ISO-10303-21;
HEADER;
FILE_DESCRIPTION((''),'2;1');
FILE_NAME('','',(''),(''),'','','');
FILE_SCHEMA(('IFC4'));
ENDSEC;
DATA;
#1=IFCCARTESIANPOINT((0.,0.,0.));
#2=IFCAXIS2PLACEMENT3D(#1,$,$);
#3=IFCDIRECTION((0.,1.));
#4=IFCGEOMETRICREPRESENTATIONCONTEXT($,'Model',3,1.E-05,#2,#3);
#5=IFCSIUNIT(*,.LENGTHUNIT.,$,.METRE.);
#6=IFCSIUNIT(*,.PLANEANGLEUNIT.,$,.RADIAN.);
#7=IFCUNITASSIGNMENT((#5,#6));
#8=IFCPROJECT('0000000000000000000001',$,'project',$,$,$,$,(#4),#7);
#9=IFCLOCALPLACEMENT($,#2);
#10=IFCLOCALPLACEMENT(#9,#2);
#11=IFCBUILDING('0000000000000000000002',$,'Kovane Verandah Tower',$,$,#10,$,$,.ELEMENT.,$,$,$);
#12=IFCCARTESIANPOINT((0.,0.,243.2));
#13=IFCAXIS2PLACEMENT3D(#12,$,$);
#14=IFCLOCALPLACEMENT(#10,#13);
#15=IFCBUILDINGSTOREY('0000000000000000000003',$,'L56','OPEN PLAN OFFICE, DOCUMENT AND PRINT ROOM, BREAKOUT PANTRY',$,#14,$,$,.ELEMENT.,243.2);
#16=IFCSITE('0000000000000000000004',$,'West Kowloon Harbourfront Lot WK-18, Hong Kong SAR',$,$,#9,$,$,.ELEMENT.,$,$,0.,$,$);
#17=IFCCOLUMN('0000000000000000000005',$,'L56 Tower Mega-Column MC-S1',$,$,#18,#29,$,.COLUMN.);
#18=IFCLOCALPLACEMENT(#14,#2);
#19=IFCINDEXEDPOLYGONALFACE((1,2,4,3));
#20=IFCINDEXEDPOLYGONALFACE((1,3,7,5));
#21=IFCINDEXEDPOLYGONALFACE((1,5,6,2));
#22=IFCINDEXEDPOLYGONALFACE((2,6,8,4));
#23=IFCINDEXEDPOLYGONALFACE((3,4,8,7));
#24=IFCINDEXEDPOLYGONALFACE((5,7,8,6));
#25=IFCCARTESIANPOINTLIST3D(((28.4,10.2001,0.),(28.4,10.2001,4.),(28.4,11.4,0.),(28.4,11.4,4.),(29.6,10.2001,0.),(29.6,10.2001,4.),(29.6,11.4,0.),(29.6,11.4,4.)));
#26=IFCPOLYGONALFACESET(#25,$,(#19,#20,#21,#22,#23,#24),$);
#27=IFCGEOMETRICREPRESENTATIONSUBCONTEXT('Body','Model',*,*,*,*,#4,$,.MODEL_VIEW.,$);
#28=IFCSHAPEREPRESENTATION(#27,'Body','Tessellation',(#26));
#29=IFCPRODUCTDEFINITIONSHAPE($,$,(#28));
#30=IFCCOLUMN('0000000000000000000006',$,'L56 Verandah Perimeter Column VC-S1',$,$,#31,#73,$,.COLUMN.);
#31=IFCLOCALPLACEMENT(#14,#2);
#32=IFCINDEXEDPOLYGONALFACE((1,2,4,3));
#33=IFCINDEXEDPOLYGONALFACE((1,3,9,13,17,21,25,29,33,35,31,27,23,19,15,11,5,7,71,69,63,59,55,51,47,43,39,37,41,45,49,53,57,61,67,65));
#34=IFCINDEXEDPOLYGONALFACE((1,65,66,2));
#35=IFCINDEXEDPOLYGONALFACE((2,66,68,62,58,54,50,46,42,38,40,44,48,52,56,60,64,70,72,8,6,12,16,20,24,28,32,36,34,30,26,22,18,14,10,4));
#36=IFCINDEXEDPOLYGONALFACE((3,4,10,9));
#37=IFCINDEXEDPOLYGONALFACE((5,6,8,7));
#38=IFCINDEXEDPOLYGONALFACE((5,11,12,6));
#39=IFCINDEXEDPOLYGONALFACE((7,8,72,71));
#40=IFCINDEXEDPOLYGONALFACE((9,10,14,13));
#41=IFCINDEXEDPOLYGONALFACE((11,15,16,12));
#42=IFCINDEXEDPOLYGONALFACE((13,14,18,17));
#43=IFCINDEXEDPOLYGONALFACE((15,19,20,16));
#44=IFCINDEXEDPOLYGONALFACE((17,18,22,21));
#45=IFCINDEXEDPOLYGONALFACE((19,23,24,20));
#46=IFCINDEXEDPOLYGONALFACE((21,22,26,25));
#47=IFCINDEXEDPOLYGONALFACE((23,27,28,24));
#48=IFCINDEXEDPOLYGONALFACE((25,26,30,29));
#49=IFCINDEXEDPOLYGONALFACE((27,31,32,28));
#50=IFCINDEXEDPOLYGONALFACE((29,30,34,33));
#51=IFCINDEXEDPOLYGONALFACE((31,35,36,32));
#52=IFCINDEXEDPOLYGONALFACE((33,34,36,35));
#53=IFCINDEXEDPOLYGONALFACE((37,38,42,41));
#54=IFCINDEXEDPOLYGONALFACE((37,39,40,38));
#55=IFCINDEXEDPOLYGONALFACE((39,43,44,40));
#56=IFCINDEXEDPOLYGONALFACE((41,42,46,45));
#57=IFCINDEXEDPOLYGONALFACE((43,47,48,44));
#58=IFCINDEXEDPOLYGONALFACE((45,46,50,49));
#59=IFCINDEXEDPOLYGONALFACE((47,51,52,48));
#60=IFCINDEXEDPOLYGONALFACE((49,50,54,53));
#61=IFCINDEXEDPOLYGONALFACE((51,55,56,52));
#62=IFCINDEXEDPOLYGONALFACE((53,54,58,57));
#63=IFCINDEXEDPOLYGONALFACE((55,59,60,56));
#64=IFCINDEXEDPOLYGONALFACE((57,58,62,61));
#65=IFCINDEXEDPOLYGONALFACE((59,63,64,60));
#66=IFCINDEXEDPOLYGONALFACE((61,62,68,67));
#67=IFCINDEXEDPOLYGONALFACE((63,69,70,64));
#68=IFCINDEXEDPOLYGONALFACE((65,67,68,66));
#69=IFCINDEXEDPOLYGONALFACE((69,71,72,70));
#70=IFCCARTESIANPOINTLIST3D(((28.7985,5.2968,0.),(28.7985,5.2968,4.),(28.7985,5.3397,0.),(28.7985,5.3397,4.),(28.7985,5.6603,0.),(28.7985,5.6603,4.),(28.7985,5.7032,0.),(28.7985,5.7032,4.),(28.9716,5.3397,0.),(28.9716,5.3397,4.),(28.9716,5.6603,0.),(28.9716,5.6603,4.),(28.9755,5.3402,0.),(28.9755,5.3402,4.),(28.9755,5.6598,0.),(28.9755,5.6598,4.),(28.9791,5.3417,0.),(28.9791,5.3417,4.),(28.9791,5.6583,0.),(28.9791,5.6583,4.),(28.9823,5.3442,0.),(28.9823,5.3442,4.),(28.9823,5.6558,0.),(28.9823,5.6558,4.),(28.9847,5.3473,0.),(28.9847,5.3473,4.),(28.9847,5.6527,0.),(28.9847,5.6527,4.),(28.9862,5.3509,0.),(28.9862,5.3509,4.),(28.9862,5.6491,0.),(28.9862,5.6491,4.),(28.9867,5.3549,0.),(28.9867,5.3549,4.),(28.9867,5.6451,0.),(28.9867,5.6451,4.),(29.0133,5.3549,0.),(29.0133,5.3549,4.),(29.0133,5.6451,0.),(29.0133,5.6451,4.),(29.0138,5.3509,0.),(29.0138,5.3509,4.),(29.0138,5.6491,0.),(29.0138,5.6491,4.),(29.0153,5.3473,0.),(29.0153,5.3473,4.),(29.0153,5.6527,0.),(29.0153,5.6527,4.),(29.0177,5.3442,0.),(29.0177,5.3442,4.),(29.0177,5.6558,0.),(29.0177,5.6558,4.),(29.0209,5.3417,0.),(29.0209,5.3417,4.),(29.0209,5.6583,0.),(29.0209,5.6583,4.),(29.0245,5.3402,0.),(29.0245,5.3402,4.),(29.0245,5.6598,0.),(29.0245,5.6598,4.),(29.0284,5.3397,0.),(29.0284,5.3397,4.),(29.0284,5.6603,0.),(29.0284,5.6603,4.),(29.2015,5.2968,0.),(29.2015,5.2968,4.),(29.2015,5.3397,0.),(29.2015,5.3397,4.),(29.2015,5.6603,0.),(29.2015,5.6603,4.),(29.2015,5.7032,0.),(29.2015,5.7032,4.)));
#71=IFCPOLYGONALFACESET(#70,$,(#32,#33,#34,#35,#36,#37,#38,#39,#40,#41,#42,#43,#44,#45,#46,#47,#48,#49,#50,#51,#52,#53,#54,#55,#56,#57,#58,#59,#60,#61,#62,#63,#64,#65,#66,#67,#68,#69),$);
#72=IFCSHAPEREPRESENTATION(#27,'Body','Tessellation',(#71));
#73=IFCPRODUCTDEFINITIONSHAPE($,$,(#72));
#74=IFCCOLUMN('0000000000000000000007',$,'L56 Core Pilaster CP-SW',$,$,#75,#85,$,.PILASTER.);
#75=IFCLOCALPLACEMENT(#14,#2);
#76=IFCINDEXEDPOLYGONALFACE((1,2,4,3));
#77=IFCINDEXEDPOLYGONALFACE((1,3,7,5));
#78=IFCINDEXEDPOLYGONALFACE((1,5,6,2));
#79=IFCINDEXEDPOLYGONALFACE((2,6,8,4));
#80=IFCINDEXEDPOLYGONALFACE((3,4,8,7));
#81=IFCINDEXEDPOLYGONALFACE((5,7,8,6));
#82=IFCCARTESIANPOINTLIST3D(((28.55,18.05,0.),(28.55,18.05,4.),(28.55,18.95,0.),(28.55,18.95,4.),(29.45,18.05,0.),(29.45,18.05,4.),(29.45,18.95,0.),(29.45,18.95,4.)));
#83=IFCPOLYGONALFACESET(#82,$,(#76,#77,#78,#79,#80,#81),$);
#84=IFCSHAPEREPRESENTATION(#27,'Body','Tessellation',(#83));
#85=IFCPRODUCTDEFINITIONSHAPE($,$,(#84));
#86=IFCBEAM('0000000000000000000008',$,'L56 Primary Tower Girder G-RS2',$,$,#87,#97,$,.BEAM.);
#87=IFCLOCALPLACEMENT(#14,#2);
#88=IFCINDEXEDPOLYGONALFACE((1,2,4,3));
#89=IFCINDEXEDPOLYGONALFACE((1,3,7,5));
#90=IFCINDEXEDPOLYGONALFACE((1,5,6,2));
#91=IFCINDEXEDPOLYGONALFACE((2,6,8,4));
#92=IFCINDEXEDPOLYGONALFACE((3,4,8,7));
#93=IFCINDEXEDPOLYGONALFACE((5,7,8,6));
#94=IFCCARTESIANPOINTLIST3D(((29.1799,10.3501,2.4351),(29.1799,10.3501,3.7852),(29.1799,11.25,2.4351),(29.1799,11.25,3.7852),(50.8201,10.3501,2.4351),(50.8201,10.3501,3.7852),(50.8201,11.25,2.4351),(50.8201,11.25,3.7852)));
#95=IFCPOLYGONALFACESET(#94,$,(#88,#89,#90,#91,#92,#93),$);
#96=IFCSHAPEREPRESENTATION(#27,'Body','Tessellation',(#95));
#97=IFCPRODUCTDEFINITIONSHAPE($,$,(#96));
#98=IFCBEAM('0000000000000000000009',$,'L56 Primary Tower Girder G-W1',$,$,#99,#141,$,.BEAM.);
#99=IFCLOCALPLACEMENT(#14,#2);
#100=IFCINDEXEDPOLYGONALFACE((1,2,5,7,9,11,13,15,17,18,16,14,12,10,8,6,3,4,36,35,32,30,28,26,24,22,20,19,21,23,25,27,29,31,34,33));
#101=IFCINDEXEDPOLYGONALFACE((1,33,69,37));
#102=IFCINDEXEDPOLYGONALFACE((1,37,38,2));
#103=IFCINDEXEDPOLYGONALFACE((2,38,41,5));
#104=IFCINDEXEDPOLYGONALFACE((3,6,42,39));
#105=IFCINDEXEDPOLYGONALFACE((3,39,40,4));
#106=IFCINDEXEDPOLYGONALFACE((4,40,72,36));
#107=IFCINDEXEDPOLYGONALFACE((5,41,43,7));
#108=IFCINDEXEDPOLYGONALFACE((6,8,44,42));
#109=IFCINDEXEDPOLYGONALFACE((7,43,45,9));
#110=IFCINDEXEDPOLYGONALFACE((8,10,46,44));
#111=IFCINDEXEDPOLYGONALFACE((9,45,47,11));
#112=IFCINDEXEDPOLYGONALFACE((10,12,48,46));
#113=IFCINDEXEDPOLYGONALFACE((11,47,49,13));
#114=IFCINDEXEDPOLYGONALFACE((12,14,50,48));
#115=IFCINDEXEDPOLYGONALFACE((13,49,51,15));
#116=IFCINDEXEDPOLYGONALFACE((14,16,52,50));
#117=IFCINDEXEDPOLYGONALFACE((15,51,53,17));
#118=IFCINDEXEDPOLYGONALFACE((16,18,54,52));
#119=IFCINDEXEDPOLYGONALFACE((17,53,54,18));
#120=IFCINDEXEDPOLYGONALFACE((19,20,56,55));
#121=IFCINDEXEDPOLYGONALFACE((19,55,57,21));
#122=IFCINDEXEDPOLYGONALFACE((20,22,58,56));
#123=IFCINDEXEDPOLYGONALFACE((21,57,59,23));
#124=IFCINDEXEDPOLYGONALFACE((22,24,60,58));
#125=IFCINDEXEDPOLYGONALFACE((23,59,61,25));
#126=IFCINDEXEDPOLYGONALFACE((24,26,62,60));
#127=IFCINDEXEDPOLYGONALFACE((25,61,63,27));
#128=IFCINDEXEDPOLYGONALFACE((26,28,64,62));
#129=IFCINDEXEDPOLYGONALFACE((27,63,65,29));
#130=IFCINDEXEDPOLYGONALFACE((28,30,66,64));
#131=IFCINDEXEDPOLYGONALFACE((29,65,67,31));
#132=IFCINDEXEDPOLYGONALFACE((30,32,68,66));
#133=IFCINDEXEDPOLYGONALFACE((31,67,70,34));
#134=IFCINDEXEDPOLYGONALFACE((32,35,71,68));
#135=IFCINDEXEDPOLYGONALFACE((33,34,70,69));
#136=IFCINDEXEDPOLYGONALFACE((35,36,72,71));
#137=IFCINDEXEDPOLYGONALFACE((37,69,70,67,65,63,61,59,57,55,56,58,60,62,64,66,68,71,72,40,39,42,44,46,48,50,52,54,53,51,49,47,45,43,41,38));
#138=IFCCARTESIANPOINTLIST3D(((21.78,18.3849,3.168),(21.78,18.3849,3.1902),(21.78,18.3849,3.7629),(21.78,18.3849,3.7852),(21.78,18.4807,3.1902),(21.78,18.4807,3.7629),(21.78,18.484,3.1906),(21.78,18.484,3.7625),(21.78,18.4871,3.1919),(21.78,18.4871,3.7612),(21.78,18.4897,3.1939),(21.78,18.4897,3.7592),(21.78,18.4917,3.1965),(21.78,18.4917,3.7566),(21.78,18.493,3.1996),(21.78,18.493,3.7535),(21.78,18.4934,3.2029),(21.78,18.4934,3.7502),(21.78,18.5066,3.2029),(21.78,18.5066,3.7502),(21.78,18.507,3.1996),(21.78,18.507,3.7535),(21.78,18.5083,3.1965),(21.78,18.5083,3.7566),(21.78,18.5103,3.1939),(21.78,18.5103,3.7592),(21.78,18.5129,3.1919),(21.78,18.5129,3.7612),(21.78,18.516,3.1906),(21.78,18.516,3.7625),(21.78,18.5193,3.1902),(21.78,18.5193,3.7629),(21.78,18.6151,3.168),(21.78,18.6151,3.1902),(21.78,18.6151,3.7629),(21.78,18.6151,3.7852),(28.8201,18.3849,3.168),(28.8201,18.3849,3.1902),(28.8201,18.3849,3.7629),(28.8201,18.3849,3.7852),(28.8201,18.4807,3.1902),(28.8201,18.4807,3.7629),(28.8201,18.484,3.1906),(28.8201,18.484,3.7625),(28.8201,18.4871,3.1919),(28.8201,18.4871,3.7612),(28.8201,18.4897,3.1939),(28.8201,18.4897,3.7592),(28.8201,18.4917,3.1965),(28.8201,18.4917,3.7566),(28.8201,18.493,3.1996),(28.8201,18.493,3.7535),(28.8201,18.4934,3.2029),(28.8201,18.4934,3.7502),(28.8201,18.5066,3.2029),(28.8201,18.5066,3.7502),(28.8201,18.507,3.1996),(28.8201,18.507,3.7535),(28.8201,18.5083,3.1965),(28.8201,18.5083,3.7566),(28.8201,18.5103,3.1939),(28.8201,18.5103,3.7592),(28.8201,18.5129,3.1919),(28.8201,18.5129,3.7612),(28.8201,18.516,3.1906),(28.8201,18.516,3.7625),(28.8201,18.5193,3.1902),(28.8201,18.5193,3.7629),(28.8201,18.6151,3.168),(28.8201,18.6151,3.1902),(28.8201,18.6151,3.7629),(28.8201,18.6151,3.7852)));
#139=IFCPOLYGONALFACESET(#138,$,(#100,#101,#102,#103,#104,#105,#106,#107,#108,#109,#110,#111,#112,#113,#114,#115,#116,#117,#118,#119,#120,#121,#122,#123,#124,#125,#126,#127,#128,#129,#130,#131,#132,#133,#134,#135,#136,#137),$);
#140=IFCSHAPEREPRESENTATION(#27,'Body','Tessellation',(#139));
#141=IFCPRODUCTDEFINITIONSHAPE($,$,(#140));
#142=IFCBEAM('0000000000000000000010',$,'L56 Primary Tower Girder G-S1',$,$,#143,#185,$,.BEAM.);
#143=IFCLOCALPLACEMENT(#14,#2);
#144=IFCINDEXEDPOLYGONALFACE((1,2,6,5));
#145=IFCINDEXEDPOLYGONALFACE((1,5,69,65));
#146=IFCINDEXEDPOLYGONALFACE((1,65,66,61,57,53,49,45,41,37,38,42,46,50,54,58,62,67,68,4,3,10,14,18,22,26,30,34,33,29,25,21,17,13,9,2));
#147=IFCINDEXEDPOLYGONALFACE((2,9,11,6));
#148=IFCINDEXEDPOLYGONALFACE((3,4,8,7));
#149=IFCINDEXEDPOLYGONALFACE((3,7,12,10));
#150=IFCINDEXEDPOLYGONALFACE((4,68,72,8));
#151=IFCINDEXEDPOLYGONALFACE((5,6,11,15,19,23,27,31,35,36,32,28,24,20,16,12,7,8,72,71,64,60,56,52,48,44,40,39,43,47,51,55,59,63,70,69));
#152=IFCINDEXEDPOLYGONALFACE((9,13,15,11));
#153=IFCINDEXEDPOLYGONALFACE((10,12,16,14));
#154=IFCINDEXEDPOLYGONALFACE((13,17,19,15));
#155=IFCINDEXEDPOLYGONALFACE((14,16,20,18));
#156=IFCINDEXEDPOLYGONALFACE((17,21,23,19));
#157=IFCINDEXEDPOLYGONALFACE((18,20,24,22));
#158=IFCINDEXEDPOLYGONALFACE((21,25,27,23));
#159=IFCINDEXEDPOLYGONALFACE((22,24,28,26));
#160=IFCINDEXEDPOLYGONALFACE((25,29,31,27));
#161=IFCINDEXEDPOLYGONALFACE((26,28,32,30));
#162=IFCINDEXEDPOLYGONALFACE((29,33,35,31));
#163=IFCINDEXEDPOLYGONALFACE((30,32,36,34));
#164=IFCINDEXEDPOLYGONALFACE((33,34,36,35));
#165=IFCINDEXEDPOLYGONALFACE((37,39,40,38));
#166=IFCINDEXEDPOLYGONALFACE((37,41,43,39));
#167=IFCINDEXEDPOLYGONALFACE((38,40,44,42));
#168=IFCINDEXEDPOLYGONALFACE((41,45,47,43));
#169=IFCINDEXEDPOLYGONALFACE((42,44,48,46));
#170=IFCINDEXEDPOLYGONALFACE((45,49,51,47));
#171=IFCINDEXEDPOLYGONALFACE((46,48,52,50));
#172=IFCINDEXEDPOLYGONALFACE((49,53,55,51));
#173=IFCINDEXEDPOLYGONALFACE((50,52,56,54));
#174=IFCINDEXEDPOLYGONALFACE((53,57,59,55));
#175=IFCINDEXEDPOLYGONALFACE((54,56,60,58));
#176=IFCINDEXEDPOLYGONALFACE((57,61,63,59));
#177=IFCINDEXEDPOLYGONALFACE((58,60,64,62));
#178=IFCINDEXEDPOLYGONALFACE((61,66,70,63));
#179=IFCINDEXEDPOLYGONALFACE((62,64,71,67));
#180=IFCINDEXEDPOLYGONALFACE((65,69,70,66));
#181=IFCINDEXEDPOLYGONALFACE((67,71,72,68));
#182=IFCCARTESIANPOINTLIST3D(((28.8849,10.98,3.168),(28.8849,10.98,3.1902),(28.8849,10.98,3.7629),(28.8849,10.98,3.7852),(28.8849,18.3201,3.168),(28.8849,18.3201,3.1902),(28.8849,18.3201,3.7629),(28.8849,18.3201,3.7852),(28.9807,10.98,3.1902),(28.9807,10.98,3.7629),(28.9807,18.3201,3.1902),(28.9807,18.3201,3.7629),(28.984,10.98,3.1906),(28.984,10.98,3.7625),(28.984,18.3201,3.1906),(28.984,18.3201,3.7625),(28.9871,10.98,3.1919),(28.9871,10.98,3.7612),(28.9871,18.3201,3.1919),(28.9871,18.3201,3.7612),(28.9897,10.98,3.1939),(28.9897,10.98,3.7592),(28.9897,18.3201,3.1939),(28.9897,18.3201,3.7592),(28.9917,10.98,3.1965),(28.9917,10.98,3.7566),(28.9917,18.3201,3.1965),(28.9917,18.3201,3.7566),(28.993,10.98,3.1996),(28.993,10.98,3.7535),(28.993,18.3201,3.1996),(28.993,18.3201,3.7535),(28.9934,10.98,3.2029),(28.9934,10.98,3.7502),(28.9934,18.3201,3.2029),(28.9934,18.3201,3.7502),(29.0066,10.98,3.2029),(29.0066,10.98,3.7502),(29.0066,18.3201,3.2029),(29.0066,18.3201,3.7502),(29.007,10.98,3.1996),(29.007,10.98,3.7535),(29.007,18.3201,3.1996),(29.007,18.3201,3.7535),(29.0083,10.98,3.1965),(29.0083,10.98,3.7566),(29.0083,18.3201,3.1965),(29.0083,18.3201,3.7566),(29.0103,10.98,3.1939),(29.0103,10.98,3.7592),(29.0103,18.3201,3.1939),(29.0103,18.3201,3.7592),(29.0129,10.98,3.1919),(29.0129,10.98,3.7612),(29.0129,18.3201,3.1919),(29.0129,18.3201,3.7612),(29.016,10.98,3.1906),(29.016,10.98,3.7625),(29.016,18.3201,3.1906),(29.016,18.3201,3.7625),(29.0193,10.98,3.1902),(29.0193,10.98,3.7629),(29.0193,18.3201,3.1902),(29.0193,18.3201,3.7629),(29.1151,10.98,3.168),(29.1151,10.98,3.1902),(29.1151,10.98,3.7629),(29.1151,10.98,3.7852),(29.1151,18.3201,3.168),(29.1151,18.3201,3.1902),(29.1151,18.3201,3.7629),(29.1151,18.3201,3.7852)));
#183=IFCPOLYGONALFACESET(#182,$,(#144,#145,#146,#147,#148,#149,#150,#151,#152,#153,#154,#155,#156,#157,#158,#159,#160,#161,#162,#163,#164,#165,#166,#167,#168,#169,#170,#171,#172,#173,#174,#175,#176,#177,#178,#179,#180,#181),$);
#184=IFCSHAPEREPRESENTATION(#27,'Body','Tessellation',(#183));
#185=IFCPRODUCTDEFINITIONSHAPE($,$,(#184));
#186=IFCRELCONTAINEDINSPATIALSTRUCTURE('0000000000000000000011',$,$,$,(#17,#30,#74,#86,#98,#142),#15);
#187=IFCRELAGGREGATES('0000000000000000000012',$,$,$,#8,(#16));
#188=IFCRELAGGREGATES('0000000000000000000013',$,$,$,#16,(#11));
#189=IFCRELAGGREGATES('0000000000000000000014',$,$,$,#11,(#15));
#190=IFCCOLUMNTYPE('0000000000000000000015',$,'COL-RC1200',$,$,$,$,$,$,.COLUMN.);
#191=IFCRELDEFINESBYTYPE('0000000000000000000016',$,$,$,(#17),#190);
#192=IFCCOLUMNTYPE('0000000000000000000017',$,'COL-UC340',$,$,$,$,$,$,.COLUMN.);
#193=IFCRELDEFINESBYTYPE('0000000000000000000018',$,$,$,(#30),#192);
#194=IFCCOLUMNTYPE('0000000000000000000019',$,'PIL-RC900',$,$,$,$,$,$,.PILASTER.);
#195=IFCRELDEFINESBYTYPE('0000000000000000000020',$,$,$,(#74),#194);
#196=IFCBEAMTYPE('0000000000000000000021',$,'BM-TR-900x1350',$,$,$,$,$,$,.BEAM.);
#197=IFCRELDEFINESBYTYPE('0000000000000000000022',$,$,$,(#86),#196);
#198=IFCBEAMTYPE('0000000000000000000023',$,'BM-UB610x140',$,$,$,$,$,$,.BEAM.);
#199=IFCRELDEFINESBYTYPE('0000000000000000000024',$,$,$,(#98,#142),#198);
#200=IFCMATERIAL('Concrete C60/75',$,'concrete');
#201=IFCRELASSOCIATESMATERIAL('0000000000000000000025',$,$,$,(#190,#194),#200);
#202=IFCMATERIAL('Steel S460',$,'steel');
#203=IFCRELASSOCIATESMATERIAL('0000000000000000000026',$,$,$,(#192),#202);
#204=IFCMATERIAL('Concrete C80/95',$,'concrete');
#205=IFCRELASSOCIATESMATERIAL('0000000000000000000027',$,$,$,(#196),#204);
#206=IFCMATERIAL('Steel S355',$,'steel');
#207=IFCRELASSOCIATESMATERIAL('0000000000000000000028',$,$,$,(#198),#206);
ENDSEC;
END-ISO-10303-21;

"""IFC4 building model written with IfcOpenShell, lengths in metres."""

from ifc_helpers import new_model, si_unit, direction, frame, origin, origin_2d, place, context, subcontext, project, spatial, rectangle, i_section, extrude, material, material_profile, profile_set, type_object, element, save


model = new_model("IFC4")

# Units and contexts
model_context = context("Model", 3, precision=1e-05, world=origin(), true_north=direction((0.0, 1.0)))
body_context = subcontext(model_context, "Body", "Model", "MODEL_VIEW")
ifc_project = project(units=[si_unit("LENGTHUNIT", "METRE"), si_unit("PLANEANGLEUNIT", "RADIAN")], contexts=[model_context])

# Site, building, storey
site_placement = place(None, origin())
site = spatial("IfcSite", under=ifc_project, at=site_placement, Name="West Kowloon Harbourfront Lot WK-18, Hong Kong SAR", CompositionType="ELEMENT", RefElevation=0.0)
building_placement = place(site_placement, origin())
building = spatial("IfcBuilding", under=site, at=building_placement, Name="Kovane Verandah Tower", CompositionType="ELEMENT")
storey_placement = place(building_placement, frame((0.0, 0.0, 243.2)))
storey = spatial("IfcBuildingStorey", under=building, at=storey_placement, Name="L56", Description="OPEN PLAN OFFICE, DOCUMENT AND PRINT ROOM, BREAKOUT PANTRY", CompositionType="ELEMENT", Elevation=243.2)

# Columns
ifc_material_1 = material(Name="Concrete C60/75", Category="concrete")
ifc_material_profile_1 = material_profile(ifc_material_1, rectangle(XDim=1.2, YDim=1.2, at=origin_2d()), Name="RC1200x1200")
ifc_profile_set_1 = profile_set([ifc_material_profile_1], Name="Concrete C60/75")
column_type_1 = type_object("IfcColumnType", Name="COL-RC1200", PredefinedType="COLUMN", material=ifc_profile_set_1)
column_1_placement = place(storey_placement, frame((29.0, 10.8, 0.0), z_axis=(0.0, 0.0, 1.0), x_axis=(1.0, 0.0, 0.0)))
element("IfcColumn", 1, at=column_1_placement, inside=storey, type_object=column_type_1, Name="L56 Tower Mega-Column MC-S1", PredefinedType="COLUMN", context=body_context, shape_type="SweptSolid", body=[
    extrude(rectangle(XDim=1.2, YDim=1.2, at=origin_2d()), origin(), (0.0, 0.0, 1.0), 4.0),
])
ifc_material_2 = material(Name="Steel S460", Category="steel")
ifc_material_profile_2 = material_profile(ifc_material_2, i_section(OverallWidth=0.4031, OverallDepth=0.4065, WebThickness=0.0266, FlangeThickness=0.043, FilletRadius=0.0151, at=origin_2d()), Name="UC356x406x340")
ifc_profile_set_2 = profile_set([ifc_material_profile_2], Name="Steel S460")
column_type_2 = type_object("IfcColumnType", Name="COL-UC340", PredefinedType="COLUMN", material=ifc_profile_set_2)
column_2_placement = place(storey_placement, frame((29.0, 5.5, 0.0), z_axis=(0.0, 0.0, 1.0), x_axis=(1.0, 0.0, 0.0)))
element("IfcColumn", 2, at=column_2_placement, inside=storey, type_object=column_type_2, Name="L56 Verandah Perimeter Column VC-S1", PredefinedType="COLUMN", context=body_context, shape_type="SweptSolid", body=[
    extrude(i_section(OverallWidth=0.4031, OverallDepth=0.4065, WebThickness=0.0266, FlangeThickness=0.043, FilletRadius=0.0151, at=origin_2d()), origin(), (0.0, 0.0, 1.0), 4.0),
])
ifc_material_profile_3 = material_profile(ifc_material_1, rectangle(XDim=0.8999, YDim=0.8999, at=origin_2d()), Name="RC900x900")
ifc_profile_set_3 = profile_set([ifc_material_profile_3], Name="Concrete C60/75")
column_type_3 = type_object("IfcColumnType", Name="PIL-RC900", PredefinedType="PILASTER", material=ifc_profile_set_3)
column_3_placement = place(storey_placement, frame((29.0, 18.5, 0.0), z_axis=(0.0, 0.0, 1.0), x_axis=(1.0, 0.0, 0.0)))
element("IfcColumn", 3, at=column_3_placement, inside=storey, type_object=column_type_3, Name="L56 Core Pilaster CP-SW", PredefinedType="PILASTER", context=body_context, shape_type="SweptSolid", body=[
    extrude(rectangle(XDim=0.8999, YDim=0.8999, at=origin_2d()), origin(), (0.0, 0.0, 1.0), 4.0),
])

# Beams
ifc_material_3 = material(Name="Concrete C80/95", Category="concrete")
ifc_material_profile_4 = material_profile(ifc_material_3, rectangle(XDim=0.8999, YDim=1.3501, at=origin_2d()), Name="RCB900x1350")
ifc_profile_set_4 = profile_set([ifc_material_profile_4], Name="Concrete C80/95")
beam_type_1 = type_object("IfcBeamType", Name="BM-TR-900x1350", PredefinedType="BEAM", material=ifc_profile_set_4)
beam_1_placement = place(storey_placement, frame((29.1799, 10.8, 3.1101), z_axis=(1.0, 0.0, 0.0), x_axis=(0.0, 1.0, 0.0)))
element("IfcBeam", 4, at=beam_1_placement, inside=storey, type_object=beam_type_1, Name="L56 Primary Tower Girder G-RS2", PredefinedType="BEAM", context=body_context, shape_type="SweptSolid", body=[
    extrude(rectangle(XDim=0.8999, YDim=1.3501, at=origin_2d()), origin(), (0.0, 0.0, 1.0), 21.6401),
])
ifc_material_4 = material(Name="Steel S355", Category="steel")
ifc_material_profile_5 = material_profile(ifc_material_4, i_section(OverallWidth=0.2302, OverallDepth=0.6172, WebThickness=0.0132, FlangeThickness=0.0222, FilletRadius=0.0127, at=origin_2d()), Name="UB610x229x140")
ifc_profile_set_5 = profile_set([ifc_material_profile_5], Name="Steel S355")
beam_type_2 = type_object("IfcBeamType", Name="BM-UB610x140", PredefinedType="BEAM", material=ifc_profile_set_5)
beam_2_placement = place(storey_placement, frame((28.8201, 18.5, 3.4766), z_axis=(-1.0, 0.0, 0.0), x_axis=(0.0, -1.0, 0.0)))
element("IfcBeam", 5, at=beam_2_placement, inside=storey, type_object=beam_type_2, Name="L56 Primary Tower Girder G-W1", PredefinedType="BEAM", context=body_context, shape_type="SweptSolid", body=[
    extrude(i_section(OverallWidth=0.2302, OverallDepth=0.6172, WebThickness=0.0132, FlangeThickness=0.0222, FilletRadius=0.0127, at=origin_2d()), origin(), (0.0, 0.0, 1.0), 7.04),
])
beam_3_placement = place(storey_placement, frame((29.0, 18.3201, 3.4766), z_axis=(0.0, -1.0, 0.0), x_axis=(1.0, 0.0, 0.0)))
element("IfcBeam", 6, at=beam_3_placement, inside=storey, type_object=beam_type_2, Name="L56 Primary Tower Girder G-S1", PredefinedType="BEAM", context=body_context, shape_type="SweptSolid", body=[
    extrude(i_section(OverallWidth=0.2302, OverallDepth=0.6172, WebThickness=0.0132, FlangeThickness=0.0222, FilletRadius=0.0127, at=origin_2d()), origin(), (0.0, 0.0, 1.0), 7.3401),
])

save(model, "model.ifc")
